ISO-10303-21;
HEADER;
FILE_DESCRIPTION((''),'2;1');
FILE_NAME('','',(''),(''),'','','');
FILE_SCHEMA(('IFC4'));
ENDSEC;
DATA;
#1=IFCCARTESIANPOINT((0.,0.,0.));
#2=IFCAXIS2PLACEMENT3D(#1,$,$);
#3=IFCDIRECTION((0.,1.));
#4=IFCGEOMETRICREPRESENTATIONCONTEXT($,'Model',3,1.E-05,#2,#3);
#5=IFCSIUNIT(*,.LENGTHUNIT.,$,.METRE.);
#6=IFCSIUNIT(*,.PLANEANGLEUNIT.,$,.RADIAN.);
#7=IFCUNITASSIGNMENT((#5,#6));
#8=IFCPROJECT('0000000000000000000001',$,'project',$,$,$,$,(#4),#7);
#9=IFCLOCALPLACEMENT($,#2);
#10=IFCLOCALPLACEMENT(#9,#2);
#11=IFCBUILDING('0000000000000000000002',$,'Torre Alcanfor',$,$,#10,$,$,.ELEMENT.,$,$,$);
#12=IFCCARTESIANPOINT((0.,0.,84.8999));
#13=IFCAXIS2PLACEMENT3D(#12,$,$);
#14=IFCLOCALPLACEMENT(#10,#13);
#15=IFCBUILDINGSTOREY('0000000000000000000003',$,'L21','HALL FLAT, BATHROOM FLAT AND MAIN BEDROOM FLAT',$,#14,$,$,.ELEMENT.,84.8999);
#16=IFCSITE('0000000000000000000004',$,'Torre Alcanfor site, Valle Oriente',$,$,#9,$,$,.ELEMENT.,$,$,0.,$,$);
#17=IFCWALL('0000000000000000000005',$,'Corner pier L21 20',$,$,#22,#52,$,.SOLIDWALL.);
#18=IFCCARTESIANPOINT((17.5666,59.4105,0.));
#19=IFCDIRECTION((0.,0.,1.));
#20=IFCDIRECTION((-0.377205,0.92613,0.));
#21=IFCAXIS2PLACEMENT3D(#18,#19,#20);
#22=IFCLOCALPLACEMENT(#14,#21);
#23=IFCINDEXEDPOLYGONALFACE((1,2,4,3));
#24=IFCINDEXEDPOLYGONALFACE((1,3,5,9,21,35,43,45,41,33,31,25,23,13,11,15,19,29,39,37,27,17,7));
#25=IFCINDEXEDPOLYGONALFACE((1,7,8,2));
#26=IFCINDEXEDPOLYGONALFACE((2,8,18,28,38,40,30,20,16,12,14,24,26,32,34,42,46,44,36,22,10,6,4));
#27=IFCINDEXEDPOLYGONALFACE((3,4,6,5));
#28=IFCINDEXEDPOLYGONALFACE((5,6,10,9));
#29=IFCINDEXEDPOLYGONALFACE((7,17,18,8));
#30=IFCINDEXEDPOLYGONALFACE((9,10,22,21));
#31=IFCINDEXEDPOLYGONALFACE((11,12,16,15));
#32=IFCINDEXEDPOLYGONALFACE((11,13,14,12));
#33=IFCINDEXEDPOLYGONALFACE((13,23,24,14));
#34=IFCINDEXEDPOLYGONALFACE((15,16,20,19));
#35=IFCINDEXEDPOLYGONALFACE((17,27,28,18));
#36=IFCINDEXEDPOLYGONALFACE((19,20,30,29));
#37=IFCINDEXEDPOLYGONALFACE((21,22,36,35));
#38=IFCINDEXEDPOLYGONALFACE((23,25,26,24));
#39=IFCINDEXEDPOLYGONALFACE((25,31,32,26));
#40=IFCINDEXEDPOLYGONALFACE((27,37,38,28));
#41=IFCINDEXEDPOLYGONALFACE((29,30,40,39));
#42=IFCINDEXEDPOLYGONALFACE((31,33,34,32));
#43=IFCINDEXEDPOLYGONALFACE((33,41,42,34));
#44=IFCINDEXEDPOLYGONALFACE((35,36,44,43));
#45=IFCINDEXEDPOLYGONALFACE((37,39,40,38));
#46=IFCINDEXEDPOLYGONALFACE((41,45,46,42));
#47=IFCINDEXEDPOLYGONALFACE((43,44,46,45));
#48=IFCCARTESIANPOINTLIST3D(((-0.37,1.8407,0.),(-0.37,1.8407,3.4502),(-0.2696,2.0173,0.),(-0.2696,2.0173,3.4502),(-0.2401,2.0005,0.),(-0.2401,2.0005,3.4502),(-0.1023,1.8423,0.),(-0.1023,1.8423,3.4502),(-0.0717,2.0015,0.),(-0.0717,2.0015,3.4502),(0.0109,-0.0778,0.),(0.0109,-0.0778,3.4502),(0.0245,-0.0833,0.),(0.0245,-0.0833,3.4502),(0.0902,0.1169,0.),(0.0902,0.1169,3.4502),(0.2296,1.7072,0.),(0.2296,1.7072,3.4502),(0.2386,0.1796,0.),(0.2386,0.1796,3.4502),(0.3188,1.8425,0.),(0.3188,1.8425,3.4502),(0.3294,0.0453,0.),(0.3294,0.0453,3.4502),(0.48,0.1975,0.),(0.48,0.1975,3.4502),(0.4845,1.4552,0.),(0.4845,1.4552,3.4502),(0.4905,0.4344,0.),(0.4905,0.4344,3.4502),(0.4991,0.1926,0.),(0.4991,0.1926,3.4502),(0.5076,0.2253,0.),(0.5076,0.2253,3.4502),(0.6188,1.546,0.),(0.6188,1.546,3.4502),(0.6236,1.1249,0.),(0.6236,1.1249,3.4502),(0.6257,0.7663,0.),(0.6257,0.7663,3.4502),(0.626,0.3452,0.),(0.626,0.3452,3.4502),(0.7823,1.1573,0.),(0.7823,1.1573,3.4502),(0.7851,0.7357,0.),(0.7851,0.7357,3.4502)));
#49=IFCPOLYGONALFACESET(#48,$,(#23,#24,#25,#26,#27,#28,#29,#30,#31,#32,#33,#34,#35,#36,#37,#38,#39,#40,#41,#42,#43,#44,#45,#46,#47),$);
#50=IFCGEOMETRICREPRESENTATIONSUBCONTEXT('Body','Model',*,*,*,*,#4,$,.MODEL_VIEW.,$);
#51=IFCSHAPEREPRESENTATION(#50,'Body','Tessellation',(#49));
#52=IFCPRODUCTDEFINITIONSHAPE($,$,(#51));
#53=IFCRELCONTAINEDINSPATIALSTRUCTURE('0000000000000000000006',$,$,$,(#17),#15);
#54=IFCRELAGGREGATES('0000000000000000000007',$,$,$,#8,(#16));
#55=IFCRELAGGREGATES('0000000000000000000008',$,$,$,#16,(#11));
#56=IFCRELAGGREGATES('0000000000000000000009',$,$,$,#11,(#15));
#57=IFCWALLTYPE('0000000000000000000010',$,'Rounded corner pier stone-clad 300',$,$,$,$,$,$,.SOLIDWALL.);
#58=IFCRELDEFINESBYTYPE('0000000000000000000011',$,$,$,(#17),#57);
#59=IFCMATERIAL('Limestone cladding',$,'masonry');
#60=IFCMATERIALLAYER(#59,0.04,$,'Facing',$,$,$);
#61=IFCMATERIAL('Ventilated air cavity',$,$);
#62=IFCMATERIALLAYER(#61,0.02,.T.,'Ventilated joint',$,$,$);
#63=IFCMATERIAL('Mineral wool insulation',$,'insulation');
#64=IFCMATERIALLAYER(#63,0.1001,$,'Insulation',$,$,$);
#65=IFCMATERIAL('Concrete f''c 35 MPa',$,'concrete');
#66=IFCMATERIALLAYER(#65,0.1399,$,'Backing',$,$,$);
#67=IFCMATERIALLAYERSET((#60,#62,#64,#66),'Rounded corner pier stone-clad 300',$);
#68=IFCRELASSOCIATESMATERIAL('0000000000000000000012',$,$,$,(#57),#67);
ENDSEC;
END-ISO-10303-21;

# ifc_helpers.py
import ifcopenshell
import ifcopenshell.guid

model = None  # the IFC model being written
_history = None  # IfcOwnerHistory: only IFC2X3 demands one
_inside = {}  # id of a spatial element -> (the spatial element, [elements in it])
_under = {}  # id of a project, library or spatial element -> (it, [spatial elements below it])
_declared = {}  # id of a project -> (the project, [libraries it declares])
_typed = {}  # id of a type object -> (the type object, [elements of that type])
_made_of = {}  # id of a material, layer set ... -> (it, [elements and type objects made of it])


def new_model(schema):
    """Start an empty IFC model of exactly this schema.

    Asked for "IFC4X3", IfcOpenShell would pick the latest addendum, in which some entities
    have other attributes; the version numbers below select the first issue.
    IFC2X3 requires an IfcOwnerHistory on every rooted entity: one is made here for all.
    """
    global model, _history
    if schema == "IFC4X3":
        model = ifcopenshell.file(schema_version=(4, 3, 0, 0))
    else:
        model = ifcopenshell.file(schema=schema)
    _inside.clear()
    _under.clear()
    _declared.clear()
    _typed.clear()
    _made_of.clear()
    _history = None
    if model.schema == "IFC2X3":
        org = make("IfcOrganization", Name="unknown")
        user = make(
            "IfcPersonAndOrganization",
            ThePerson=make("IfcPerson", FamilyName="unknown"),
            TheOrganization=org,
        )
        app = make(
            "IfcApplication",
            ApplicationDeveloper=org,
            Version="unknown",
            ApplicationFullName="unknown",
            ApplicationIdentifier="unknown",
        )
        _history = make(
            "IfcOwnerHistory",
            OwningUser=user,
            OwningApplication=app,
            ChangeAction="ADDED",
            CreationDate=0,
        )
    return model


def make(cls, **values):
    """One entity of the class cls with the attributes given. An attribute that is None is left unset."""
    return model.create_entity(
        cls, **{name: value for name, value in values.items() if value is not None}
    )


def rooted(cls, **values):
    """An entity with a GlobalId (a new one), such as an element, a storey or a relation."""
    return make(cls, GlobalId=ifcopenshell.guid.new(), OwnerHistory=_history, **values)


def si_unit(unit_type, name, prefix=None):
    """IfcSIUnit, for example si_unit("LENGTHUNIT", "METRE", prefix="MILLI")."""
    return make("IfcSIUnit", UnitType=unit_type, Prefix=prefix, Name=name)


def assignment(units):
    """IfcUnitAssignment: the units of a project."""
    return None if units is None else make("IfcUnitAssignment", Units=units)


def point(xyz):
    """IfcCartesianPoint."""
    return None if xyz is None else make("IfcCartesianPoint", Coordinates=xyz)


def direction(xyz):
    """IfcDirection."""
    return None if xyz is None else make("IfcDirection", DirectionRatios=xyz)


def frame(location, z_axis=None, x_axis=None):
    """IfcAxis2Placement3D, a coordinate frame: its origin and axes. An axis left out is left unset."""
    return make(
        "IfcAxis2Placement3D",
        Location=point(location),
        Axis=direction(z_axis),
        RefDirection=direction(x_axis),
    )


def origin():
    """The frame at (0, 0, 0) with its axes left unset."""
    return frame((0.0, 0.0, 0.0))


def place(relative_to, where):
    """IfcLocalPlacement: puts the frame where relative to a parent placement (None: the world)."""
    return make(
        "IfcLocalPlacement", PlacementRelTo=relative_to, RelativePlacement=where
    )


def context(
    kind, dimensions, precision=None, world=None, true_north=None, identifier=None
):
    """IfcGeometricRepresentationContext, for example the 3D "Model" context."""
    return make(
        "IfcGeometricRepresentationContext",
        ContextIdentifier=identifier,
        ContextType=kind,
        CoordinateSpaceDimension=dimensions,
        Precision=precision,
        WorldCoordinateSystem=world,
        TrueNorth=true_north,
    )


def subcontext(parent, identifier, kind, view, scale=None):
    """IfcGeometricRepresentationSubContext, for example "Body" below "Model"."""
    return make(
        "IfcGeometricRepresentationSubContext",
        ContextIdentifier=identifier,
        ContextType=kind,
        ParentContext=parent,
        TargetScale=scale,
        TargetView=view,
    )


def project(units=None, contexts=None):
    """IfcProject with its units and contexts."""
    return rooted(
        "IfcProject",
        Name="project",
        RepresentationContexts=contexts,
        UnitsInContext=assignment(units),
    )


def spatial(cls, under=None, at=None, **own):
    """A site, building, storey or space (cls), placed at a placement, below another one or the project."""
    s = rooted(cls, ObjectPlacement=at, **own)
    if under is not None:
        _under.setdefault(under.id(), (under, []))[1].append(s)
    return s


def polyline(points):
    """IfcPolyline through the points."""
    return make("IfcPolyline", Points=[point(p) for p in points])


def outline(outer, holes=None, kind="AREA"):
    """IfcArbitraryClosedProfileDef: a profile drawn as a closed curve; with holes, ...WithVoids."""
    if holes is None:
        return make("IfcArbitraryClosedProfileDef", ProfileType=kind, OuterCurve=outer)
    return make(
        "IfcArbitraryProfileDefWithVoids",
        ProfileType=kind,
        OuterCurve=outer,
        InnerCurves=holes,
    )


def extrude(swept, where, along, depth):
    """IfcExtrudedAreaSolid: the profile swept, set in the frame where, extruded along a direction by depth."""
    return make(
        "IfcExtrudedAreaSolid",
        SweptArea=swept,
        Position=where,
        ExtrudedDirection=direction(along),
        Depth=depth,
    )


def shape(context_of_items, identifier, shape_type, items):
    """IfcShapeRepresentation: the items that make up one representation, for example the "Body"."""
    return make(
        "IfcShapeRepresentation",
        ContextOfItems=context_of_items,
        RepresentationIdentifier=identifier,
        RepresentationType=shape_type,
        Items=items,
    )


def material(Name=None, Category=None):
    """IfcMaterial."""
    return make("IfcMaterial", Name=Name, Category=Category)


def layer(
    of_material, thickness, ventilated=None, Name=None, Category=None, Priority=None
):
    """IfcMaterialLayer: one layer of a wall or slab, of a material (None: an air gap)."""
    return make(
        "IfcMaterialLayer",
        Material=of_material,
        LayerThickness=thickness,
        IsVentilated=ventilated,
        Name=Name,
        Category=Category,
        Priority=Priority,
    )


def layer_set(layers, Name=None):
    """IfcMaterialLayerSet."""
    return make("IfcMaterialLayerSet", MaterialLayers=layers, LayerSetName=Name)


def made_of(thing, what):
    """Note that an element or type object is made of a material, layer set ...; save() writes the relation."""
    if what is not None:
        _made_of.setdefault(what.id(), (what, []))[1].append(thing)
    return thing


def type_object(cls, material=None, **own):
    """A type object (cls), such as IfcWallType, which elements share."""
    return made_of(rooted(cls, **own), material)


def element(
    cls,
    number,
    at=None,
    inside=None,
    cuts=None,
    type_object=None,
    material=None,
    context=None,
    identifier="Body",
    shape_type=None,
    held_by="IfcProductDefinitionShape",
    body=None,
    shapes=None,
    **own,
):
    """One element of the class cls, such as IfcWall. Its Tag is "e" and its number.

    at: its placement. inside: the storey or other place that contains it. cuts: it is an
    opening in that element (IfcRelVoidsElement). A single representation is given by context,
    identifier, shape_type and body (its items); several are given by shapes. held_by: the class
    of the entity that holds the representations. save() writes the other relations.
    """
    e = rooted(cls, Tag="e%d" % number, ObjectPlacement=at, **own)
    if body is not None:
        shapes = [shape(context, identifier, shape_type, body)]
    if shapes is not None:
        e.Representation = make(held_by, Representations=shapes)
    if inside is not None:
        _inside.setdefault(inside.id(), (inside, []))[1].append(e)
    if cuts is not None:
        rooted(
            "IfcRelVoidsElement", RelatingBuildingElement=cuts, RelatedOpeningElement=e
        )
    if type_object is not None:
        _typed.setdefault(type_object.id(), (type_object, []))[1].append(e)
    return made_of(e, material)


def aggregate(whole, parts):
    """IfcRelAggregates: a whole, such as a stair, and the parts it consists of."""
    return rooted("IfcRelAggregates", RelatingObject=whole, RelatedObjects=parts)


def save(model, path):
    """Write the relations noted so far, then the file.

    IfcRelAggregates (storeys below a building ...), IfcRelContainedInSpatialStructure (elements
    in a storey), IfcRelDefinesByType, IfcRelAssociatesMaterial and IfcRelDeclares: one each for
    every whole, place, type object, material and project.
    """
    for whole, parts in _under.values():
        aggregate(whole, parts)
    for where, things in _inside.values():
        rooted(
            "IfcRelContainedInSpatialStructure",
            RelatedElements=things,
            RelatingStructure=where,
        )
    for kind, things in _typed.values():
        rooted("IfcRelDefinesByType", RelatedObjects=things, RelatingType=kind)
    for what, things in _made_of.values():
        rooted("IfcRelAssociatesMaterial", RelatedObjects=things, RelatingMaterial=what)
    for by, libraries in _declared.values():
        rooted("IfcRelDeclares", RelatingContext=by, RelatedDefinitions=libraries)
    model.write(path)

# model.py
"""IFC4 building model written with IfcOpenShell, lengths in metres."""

from ifc_helpers import new_model, si_unit, direction, frame, origin, place, context, subcontext, project, spatial, polyline, outline, extrude, material, layer, layer_set, type_object, element, save


model = new_model("IFC4")

# Units and contexts
model_context = context("Model", 3, precision=1e-05, world=origin(), true_north=direction((0.0, 1.0)))
body_context = subcontext(model_context, "Body", "Model", "MODEL_VIEW")
ifc_project = project(units=[si_unit("LENGTHUNIT", "METRE"), si_unit("PLANEANGLEUNIT", "RADIAN")], contexts=[model_context])

# Site, building, storey
site_placement = place(None, origin())
site = spatial("IfcSite", under=ifc_project, at=site_placement, Name="Torre Alcanfor site, Valle Oriente", CompositionType="ELEMENT", RefElevation=0.0)
building_placement = place(site_placement, origin())
building = spatial("IfcBuilding", under=site, at=building_placement, Name="Torre Alcanfor", CompositionType="ELEMENT")
storey_placement = place(building_placement, frame((0.0, 0.0, 84.8999)))
storey = spatial("IfcBuildingStorey", under=building, at=storey_placement, Name="L21", Description="HALL FLAT, BATHROOM FLAT AND MAIN BEDROOM FLAT", CompositionType="ELEMENT", Elevation=84.8999)

# Wall
ifc_material_1 = material(Name="Limestone cladding", Category="masonry")
ifc_layer_1 = layer(ifc_material_1, 0.04, Name="Facing")
ifc_material_2 = material(Name="Ventilated air cavity")
ifc_layer_2 = layer(ifc_material_2, 0.02, ventilated=True, Name="Ventilated joint")
ifc_material_3 = material(Name="Mineral wool insulation", Category="insulation")
ifc_layer_3 = layer(ifc_material_3, 0.1001, Name="Insulation")
ifc_material_4 = material(Name="Concrete f'c 35 MPa", Category="concrete")
ifc_layer_4 = layer(ifc_material_4, 0.1399, Name="Backing")
ifc_layer_set_1 = layer_set([ifc_layer_1, ifc_layer_2, ifc_layer_3, ifc_layer_4], Name="Rounded corner pier stone-clad 300")
wall_type = type_object("IfcWallType", Name="Rounded corner pier stone-clad 300", PredefinedType="SOLIDWALL", material=ifc_layer_set_1)
wall_placement = place(storey_placement, frame((17.5666, 59.4105, 0.0), z_axis=(0.0, 0.0, 1.0), x_axis=(-0.377205, 0.92613, 0.0)))
element("IfcWall", 1, at=wall_placement, inside=storey, type_object=wall_type, Name="Corner pier L21 20", PredefinedType="SOLIDWALL", context=body_context, shape_type="SweptSolid", body=[
    extrude(outline(polyline([(-0.2696, 2.0173), (-0.37, 1.8407), (-0.1023, 1.8423), (0.2296, 1.7072), (0.4845, 1.4552), (0.6236, 1.1249), (0.6257, 0.7663), (0.4905, 0.4344), (0.2386, 0.1796), (0.0902, 0.1169), (0.0109, -0.0778), (0.0245, -0.0833), (0.3294, 0.0453), (0.48, 0.1975), (0.4991, 0.1926), (0.5076, 0.2253), (0.626, 0.3452), (0.7851, 0.7357), (0.7823, 1.1573), (0.6188, 1.546), (0.3188, 1.8425), (-0.0717, 2.0015), (-0.2401, 2.0005), (-0.2696, 2.0173)])), origin(), (0.0, 0.0, 1.0), 3.4502),
])

save(model, "model.ifc")
